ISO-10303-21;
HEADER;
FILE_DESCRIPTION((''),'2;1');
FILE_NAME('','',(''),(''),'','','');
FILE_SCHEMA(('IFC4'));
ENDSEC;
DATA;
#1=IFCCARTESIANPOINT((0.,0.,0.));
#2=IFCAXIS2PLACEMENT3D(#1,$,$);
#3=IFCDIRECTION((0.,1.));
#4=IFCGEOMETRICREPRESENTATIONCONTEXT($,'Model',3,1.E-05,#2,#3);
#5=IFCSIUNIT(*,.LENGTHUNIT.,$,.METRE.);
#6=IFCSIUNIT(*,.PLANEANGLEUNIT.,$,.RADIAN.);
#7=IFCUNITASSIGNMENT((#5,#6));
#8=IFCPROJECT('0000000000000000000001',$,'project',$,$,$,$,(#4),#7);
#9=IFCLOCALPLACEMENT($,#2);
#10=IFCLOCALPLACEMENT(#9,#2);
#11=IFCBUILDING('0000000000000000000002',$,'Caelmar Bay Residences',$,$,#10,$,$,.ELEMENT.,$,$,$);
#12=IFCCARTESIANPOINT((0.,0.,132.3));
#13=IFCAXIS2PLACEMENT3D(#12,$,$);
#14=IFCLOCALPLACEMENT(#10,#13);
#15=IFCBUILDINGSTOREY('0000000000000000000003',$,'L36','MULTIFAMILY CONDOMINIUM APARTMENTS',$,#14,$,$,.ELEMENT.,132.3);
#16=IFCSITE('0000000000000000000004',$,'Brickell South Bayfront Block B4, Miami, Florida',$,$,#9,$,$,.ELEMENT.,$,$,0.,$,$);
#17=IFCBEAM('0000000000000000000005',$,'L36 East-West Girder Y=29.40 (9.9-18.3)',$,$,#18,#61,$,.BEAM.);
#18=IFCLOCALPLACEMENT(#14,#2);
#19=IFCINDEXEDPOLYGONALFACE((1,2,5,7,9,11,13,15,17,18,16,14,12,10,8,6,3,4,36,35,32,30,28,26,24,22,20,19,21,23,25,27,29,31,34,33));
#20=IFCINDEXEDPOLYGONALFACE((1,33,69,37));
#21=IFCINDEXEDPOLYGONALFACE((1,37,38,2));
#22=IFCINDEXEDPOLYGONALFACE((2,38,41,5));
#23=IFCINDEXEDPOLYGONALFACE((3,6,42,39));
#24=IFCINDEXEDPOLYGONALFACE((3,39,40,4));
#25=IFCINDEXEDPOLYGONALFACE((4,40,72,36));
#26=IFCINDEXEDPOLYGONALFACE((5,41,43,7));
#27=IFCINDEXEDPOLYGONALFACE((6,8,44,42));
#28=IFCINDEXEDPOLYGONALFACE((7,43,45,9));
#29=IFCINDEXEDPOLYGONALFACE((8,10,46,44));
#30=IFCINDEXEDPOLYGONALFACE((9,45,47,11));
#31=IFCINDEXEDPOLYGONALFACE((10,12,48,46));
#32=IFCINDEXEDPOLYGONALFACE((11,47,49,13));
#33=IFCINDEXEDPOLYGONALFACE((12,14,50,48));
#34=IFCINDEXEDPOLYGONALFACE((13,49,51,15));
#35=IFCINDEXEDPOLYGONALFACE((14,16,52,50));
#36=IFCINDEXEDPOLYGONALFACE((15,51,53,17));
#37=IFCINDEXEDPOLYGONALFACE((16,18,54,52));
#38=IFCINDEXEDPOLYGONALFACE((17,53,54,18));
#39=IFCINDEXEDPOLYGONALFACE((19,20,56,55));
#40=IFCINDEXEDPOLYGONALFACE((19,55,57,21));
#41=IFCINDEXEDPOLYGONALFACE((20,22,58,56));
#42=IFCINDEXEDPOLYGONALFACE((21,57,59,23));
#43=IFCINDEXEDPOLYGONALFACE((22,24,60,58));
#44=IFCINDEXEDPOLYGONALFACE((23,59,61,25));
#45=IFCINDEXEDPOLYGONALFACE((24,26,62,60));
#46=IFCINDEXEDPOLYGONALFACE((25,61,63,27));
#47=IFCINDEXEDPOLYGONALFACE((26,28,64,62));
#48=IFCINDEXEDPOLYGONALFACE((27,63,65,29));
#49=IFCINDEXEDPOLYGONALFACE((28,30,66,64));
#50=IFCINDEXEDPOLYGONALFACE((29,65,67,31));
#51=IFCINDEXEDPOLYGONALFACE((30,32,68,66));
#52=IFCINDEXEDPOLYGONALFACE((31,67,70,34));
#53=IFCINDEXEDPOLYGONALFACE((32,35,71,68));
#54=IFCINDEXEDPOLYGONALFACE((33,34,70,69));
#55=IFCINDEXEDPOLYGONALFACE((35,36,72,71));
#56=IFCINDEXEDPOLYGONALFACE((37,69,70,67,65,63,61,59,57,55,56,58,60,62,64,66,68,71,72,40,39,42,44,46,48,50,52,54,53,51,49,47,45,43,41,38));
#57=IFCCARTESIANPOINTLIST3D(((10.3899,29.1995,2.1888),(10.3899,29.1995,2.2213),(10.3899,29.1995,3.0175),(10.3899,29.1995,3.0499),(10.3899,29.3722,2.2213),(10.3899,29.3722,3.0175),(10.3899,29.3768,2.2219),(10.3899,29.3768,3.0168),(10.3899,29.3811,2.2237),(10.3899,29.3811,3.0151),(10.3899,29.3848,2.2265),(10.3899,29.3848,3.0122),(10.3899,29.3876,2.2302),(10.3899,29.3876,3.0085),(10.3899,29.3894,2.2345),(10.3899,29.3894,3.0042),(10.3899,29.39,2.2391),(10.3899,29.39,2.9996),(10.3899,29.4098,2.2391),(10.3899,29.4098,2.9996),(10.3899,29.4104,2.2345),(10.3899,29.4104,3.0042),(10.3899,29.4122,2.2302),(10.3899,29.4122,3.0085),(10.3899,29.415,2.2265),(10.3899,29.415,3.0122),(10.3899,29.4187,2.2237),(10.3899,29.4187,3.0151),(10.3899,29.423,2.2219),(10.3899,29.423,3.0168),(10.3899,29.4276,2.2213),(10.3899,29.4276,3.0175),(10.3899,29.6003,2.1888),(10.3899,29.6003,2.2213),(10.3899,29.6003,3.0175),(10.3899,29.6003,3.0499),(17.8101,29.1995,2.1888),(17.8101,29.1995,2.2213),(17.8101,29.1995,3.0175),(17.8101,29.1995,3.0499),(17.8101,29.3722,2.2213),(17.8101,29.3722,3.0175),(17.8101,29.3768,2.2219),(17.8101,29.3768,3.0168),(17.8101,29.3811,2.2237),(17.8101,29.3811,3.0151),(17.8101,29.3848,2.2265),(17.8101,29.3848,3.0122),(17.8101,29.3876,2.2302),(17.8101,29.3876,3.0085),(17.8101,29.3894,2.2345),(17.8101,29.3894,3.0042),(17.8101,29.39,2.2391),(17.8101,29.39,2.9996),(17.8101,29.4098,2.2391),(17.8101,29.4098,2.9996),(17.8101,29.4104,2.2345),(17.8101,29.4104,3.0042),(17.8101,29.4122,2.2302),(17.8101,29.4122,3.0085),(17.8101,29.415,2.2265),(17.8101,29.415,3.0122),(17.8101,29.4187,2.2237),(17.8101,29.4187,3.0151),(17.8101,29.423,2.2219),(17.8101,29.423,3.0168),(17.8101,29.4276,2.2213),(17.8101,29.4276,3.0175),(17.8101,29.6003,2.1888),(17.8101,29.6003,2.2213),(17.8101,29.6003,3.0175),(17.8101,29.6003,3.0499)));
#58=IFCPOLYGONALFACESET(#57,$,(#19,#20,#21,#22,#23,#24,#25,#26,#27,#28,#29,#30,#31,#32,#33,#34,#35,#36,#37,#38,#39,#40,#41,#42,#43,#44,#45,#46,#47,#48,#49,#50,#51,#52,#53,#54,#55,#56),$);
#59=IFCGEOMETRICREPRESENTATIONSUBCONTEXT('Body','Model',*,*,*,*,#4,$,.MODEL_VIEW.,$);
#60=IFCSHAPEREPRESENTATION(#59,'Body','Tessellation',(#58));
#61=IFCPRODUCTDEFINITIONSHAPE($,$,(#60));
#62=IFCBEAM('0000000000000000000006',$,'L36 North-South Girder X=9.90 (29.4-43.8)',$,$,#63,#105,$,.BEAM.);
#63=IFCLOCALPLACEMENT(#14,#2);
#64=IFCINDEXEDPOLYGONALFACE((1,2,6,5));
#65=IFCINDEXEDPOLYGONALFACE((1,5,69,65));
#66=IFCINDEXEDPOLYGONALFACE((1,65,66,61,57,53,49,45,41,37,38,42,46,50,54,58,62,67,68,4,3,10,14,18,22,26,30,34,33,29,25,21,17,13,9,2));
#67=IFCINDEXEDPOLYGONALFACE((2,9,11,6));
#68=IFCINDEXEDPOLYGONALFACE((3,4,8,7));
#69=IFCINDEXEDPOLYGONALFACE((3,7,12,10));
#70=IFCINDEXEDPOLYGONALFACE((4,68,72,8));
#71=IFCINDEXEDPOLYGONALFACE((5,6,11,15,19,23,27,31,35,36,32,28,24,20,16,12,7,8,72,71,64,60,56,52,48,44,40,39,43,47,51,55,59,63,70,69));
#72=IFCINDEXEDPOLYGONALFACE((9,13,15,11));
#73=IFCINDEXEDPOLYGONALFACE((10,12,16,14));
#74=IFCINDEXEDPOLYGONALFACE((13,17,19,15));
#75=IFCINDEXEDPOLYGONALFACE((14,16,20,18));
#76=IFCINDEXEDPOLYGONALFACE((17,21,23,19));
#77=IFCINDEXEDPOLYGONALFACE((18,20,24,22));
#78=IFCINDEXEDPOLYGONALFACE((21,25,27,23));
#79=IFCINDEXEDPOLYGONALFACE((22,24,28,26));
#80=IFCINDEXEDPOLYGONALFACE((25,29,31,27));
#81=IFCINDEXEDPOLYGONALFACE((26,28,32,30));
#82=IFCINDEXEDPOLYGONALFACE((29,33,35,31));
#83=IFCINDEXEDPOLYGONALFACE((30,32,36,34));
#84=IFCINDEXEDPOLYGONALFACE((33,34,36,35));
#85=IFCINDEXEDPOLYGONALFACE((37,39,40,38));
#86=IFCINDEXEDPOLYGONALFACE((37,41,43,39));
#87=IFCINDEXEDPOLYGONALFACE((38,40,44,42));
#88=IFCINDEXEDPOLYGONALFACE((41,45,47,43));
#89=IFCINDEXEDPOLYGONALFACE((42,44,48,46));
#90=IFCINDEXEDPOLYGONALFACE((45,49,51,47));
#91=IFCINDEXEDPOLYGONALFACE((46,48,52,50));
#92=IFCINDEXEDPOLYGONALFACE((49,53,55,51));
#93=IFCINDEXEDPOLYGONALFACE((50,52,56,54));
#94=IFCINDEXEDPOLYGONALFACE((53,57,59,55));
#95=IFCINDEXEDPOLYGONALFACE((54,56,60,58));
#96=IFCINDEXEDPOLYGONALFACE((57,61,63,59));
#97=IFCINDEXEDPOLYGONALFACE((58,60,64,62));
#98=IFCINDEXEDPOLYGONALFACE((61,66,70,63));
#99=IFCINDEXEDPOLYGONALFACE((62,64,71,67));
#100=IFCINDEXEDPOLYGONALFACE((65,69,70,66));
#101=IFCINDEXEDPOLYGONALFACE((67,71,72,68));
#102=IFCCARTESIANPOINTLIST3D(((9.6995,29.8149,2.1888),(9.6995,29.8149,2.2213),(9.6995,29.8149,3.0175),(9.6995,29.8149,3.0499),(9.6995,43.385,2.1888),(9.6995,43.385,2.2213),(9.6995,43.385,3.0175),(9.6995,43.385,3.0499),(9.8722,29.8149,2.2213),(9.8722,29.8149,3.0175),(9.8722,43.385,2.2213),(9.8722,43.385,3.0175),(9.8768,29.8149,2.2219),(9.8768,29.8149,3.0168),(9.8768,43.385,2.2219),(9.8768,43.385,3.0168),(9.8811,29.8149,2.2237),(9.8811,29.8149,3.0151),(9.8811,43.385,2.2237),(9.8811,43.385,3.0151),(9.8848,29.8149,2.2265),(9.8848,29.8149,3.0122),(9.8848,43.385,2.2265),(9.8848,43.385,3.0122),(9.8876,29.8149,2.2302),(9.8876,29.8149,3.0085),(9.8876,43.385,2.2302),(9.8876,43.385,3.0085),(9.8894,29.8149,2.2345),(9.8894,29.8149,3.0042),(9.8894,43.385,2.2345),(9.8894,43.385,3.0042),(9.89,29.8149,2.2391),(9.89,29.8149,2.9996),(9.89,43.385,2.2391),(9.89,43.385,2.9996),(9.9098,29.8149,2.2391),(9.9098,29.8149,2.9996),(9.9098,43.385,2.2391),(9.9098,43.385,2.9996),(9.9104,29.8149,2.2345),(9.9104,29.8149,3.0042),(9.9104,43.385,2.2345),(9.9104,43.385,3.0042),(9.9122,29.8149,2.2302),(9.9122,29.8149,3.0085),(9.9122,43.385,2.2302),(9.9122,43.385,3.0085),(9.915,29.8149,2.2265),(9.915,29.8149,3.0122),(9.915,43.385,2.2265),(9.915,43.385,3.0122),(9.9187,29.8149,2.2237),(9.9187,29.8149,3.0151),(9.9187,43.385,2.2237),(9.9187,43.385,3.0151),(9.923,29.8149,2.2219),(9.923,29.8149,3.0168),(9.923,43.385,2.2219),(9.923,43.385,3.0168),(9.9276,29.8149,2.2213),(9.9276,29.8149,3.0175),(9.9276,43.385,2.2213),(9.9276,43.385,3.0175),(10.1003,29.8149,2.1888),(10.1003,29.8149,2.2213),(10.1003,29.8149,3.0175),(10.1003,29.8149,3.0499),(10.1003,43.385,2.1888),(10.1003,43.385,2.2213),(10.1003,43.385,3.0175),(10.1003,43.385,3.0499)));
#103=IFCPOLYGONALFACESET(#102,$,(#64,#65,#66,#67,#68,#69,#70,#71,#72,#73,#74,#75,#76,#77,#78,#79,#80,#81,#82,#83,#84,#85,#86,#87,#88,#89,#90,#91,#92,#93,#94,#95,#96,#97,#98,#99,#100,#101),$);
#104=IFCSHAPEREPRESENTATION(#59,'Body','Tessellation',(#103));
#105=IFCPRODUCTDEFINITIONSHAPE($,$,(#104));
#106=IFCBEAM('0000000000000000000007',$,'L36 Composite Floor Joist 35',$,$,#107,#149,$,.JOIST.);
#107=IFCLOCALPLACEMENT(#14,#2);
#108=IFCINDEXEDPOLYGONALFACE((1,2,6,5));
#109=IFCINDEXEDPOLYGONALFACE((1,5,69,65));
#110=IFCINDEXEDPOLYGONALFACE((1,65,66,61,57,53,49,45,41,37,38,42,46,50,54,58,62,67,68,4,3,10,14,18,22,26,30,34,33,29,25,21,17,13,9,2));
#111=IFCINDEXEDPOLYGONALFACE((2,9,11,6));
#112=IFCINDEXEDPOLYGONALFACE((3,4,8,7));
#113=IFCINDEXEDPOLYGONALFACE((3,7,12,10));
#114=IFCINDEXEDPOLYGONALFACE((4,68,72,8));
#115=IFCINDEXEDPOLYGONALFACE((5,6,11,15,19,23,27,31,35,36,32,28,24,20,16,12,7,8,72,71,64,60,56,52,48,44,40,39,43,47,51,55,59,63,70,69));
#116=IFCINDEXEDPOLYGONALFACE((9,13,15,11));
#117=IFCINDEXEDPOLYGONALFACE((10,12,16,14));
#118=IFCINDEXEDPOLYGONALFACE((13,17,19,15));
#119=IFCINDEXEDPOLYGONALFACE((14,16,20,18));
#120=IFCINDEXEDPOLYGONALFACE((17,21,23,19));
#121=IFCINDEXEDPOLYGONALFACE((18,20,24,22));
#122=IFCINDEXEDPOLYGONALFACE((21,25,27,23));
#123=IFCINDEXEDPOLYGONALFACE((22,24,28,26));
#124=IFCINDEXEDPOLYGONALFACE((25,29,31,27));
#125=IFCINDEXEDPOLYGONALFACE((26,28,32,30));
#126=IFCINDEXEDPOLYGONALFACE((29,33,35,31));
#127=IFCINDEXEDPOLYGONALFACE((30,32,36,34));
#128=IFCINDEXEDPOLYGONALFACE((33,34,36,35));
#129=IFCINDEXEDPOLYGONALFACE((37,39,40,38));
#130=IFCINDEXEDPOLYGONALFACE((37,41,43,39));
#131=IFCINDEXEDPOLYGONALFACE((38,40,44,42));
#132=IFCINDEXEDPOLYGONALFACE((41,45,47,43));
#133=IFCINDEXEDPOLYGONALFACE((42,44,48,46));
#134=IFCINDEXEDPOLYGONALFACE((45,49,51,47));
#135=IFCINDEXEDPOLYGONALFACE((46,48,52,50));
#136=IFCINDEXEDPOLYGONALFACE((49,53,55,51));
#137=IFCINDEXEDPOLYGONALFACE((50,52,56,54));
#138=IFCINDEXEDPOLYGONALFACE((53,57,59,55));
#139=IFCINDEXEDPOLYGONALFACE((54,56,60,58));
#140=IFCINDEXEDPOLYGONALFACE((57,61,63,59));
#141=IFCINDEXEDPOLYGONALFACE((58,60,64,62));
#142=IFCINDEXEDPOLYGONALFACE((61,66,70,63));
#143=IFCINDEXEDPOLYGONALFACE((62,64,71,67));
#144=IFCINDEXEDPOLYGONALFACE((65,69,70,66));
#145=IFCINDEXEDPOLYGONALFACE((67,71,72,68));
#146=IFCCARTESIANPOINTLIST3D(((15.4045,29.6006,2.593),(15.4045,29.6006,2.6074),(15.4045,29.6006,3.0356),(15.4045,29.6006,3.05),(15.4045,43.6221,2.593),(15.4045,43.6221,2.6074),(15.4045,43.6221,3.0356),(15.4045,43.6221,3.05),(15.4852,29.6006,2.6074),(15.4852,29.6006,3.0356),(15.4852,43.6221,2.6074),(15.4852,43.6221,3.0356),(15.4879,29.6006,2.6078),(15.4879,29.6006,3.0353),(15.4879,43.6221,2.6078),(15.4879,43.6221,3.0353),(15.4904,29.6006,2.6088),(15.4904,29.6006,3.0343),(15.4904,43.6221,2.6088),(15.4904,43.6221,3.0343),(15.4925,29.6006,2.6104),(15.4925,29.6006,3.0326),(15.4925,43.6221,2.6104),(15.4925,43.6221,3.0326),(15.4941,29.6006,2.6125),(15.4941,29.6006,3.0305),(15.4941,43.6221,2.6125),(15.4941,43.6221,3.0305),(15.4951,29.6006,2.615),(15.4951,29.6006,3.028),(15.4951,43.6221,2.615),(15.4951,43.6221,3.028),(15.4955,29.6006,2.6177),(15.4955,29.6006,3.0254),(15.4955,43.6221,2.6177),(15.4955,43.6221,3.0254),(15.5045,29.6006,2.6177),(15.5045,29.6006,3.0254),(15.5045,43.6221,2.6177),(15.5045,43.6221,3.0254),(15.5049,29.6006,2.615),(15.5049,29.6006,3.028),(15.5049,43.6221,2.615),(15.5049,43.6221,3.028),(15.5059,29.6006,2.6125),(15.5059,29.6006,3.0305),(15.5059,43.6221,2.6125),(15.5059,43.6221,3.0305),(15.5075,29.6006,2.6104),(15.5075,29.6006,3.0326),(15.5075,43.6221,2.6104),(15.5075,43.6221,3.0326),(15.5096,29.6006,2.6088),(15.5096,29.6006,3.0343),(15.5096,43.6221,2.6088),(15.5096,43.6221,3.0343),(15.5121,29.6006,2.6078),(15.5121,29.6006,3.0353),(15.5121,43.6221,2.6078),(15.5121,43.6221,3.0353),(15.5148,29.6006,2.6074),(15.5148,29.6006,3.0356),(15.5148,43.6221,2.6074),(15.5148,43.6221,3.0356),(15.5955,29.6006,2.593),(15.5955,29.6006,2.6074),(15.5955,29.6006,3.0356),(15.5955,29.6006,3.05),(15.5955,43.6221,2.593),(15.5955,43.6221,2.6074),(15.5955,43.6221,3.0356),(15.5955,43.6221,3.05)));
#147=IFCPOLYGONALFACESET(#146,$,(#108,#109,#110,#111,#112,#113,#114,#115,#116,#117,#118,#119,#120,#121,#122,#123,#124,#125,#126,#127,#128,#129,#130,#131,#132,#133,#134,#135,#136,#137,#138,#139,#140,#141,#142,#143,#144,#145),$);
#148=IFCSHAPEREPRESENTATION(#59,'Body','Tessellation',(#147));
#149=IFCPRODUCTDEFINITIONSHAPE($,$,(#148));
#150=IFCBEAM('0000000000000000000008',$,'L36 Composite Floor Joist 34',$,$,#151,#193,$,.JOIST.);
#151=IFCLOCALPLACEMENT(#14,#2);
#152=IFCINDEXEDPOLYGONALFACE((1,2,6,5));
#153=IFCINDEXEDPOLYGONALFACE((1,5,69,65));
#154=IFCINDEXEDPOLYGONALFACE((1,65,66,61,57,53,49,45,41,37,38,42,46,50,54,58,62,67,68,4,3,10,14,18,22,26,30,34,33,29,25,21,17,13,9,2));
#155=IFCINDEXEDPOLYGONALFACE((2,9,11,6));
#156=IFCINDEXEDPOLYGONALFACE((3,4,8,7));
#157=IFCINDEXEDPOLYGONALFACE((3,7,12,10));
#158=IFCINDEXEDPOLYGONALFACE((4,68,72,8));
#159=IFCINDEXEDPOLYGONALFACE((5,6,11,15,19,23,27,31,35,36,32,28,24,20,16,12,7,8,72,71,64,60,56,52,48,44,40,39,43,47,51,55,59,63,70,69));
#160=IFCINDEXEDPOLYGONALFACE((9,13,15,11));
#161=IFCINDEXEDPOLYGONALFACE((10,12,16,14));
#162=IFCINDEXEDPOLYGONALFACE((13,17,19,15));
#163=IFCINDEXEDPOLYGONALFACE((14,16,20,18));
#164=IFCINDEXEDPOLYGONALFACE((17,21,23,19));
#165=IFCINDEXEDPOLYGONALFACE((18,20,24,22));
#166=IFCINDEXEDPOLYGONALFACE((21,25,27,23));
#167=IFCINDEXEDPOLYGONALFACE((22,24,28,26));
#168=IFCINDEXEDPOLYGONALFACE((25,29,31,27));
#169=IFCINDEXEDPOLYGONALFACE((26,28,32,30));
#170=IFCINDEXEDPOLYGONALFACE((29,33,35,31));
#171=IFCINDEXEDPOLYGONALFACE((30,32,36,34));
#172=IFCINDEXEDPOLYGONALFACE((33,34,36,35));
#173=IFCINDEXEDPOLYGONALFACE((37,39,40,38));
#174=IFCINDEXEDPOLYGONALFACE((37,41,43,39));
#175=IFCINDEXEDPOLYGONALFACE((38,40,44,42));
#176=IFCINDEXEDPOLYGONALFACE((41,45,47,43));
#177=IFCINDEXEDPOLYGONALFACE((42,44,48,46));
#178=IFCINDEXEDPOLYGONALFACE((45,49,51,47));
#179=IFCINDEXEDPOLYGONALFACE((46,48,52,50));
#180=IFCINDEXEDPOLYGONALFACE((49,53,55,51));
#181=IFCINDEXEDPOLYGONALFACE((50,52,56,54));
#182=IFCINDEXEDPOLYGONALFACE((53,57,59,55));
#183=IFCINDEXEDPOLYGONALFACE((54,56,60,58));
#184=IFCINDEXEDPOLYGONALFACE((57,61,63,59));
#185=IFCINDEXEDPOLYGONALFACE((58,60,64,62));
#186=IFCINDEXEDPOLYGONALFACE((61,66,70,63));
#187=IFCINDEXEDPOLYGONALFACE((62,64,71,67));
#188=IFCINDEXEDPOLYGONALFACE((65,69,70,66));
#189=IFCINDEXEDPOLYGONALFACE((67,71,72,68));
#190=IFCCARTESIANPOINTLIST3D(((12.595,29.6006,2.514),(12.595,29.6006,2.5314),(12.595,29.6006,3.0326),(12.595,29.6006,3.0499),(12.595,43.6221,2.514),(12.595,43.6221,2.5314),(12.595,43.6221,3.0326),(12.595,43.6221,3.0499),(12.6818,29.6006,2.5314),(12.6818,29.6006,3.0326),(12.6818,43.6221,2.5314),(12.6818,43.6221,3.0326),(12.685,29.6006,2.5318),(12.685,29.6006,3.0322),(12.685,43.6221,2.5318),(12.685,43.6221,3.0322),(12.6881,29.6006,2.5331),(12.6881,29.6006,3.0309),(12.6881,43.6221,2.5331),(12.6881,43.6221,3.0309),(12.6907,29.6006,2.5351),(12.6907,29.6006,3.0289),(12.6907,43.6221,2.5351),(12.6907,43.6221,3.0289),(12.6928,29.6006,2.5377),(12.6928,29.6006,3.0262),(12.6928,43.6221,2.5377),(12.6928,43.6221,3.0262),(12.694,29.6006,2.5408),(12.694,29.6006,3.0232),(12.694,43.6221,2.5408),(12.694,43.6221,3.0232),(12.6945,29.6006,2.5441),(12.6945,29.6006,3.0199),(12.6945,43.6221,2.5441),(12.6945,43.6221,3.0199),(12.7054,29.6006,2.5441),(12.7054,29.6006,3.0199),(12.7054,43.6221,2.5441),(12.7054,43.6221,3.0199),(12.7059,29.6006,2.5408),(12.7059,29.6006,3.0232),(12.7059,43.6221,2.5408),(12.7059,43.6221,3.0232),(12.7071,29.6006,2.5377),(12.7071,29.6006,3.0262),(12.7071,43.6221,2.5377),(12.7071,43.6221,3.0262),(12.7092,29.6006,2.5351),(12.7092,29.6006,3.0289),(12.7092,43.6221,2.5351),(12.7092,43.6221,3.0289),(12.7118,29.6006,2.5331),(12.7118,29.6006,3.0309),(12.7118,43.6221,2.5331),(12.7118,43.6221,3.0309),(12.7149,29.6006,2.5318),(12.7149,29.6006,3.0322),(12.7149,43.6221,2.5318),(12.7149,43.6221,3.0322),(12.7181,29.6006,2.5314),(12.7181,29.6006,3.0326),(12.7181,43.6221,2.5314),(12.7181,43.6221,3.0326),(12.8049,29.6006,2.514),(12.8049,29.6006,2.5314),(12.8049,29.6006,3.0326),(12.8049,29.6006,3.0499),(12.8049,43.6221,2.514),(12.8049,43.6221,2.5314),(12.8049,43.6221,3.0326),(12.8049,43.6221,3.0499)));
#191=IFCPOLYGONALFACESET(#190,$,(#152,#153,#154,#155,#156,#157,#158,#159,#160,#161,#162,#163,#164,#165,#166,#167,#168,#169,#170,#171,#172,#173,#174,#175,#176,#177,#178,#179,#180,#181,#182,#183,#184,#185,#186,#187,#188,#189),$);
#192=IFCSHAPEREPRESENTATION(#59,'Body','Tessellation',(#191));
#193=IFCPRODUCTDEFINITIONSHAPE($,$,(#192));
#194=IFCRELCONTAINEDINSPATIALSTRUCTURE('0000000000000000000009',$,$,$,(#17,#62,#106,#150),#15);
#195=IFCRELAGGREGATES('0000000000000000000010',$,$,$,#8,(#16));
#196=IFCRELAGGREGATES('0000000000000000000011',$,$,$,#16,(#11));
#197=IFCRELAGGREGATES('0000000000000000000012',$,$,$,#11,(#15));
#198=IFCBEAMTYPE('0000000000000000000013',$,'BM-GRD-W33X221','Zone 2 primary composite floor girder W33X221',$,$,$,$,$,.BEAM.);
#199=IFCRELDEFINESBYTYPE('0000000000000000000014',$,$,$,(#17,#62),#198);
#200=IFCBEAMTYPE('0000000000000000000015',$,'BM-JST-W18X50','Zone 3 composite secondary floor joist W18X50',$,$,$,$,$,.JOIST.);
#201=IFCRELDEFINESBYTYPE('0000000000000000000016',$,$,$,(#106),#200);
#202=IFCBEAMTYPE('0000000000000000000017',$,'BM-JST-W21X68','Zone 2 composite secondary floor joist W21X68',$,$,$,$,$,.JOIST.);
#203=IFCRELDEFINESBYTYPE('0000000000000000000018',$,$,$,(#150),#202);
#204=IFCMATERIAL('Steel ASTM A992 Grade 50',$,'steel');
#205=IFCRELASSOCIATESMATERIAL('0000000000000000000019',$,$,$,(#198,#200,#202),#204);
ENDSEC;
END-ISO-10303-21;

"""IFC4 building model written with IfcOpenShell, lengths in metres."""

from ifc_helpers import new_model, si_unit, direction, frame, origin, origin_2d, place, context, subcontext, project, spatial, i_section, extrude, material, material_profile, profile_set, type_object, element, save


model = new_model("IFC4")

# Units and contexts
model_context = context("Model", 3, precision=1e-05, world=origin(), true_north=direction((0.0, 1.0)))
body_context = subcontext(model_context, "Body", "Model", "MODEL_VIEW")
ifc_project = project(units=[si_unit("LENGTHUNIT", "METRE"), si_unit("PLANEANGLEUNIT", "RADIAN")], contexts=[model_context])

# Site, building, storey
site_placement = place(None, origin())
site = spatial("IfcSite", under=ifc_project, at=site_placement, Name="Brickell South Bayfront Block B4, Miami, Florida", CompositionType="ELEMENT", RefElevation=0.0)
building_placement = place(site_placement, origin())
building = spatial("IfcBuilding", under=site, at=building_placement, Name="Caelmar Bay Residences", CompositionType="ELEMENT")
storey_placement = place(building_placement, frame((0.0, 0.0, 132.3)))
storey = spatial("IfcBuildingStorey", under=building, at=storey_placement, Name="L36", Description="MULTIFAMILY CONDOMINIUM APARTMENTS", CompositionType="ELEMENT", Elevation=132.3)

# Beams
ifc_material_1 = material(Name="Steel ASTM A992 Grade 50", Category="steel")
ifc_material_profile_1 = material_profile(ifc_material_1, i_section(OverallWidth=0.4009, OverallDepth=0.8611, WebThickness=0.0198, FlangeThickness=0.0325, FilletRadius=0.0178, at=origin_2d()), Name="W33X221")
ifc_profile_set_1 = profile_set([ifc_material_profile_1], Name="Steel ASTM A992 Grade 50")
beam_type_1 = type_object("IfcBeamType", Name="BM-GRD-W33X221", Description="Zone 2 primary composite floor girder W33X221", PredefinedType="BEAM", material=ifc_profile_set_1)
beam_1_placement = place(storey_placement, frame((10.3899, 29.3999, 2.6194), z_axis=(1.0, 0.0, 0.0), x_axis=(0.0, 1.0, 0.0)))
element("IfcBeam", 1, at=beam_1_placement, inside=storey, type_object=beam_type_1, Name="L36 East-West Girder Y=29.40 (9.9-18.3)", PredefinedType="BEAM", context=body_context, shape_type="SweptSolid", body=[
    extrude(i_section(OverallWidth=0.4009, OverallDepth=0.8611, WebThickness=0.0198, FlangeThickness=0.0325, FilletRadius=0.0178, at=origin_2d()), origin(), (0.0, 0.0, 1.0), 7.4202),
])
beam_2_placement = place(storey_placement, frame((9.8999, 29.8149, 2.6194), z_axis=(0.0, 1.0, 0.0), x_axis=(-1.0, 0.0, 0.0)))
element("IfcBeam", 2, at=beam_2_placement, inside=storey, type_object=beam_type_1, Name="L36 North-South Girder X=9.90 (29.4-43.8)", PredefinedType="BEAM", context=body_context, shape_type="SweptSolid", body=[
    extrude(i_section(OverallWidth=0.4009, OverallDepth=0.8611, WebThickness=0.0198, FlangeThickness=0.0325, FilletRadius=0.0178, at=origin_2d()), origin(), (0.0, 0.0, 1.0), 13.5701),
])
ifc_material_profile_2 = material_profile(ifc_material_1, i_section(OverallWidth=0.1909, OverallDepth=0.457, WebThickness=0.009, FlangeThickness=0.0144, FilletRadius=0.0103, at=origin_2d()), Name="W18X50")
ifc_profile_set_2 = profile_set([ifc_material_profile_2], Name="Steel ASTM A992 Grade 50")
beam_type_2 = type_object("IfcBeamType", Name="BM-JST-W18X50", Description="Zone 3 composite secondary floor joist W18X50", PredefinedType="JOIST", material=ifc_profile_set_2)
beam_3_placement = place(storey_placement, frame((15.5, 29.6006, 2.8215), z_axis=(0.0, 1.0, 0.0), x_axis=(-1.0, 0.0, 0.0)))
element("IfcBeam", 3, at=beam_3_placement, inside=storey, type_object=beam_type_2, Name="L36 Composite Floor Joist 35", PredefinedType="JOIST", context=body_context, shape_type="SweptSolid", body=[
    extrude(i_section(OverallWidth=0.1909, OverallDepth=0.457, WebThickness=0.009, FlangeThickness=0.0144, FilletRadius=0.0103, at=origin_2d()), origin(), (0.0, 0.0, 1.0), 14.0215),
])
ifc_material_profile_3 = material_profile(ifc_material_1, i_section(OverallWidth=0.21, OverallDepth=0.5359, WebThickness=0.011, FlangeThickness=0.0173, FilletRadius=0.0127, at=origin_2d()), Name="W21X68")
ifc_profile_set_3 = profile_set([ifc_material_profile_3], Name="Steel ASTM A992 Grade 50")
beam_type_3 = type_object("IfcBeamType", Name="BM-JST-W21X68", Description="Zone 2 composite secondary floor joist W21X68", PredefinedType="JOIST", material=ifc_profile_set_3)
beam_4_placement = place(storey_placement, frame((12.7, 29.6006, 2.782), z_axis=(0.0, 1.0, 0.0), x_axis=(-1.0, 0.0, 0.0)))
element("IfcBeam", 4, at=beam_4_placement, inside=storey, type_object=beam_type_3, Name="L36 Composite Floor Joist 34", PredefinedType="JOIST", context=body_context, shape_type="SweptSolid", body=[
    extrude(i_section(OverallWidth=0.21, OverallDepth=0.5359, WebThickness=0.011, FlangeThickness=0.0173, FilletRadius=0.0127, at=origin_2d()), origin(), (0.0, 0.0, 1.0), 14.0215),
])

save(model, "model.ifc")
